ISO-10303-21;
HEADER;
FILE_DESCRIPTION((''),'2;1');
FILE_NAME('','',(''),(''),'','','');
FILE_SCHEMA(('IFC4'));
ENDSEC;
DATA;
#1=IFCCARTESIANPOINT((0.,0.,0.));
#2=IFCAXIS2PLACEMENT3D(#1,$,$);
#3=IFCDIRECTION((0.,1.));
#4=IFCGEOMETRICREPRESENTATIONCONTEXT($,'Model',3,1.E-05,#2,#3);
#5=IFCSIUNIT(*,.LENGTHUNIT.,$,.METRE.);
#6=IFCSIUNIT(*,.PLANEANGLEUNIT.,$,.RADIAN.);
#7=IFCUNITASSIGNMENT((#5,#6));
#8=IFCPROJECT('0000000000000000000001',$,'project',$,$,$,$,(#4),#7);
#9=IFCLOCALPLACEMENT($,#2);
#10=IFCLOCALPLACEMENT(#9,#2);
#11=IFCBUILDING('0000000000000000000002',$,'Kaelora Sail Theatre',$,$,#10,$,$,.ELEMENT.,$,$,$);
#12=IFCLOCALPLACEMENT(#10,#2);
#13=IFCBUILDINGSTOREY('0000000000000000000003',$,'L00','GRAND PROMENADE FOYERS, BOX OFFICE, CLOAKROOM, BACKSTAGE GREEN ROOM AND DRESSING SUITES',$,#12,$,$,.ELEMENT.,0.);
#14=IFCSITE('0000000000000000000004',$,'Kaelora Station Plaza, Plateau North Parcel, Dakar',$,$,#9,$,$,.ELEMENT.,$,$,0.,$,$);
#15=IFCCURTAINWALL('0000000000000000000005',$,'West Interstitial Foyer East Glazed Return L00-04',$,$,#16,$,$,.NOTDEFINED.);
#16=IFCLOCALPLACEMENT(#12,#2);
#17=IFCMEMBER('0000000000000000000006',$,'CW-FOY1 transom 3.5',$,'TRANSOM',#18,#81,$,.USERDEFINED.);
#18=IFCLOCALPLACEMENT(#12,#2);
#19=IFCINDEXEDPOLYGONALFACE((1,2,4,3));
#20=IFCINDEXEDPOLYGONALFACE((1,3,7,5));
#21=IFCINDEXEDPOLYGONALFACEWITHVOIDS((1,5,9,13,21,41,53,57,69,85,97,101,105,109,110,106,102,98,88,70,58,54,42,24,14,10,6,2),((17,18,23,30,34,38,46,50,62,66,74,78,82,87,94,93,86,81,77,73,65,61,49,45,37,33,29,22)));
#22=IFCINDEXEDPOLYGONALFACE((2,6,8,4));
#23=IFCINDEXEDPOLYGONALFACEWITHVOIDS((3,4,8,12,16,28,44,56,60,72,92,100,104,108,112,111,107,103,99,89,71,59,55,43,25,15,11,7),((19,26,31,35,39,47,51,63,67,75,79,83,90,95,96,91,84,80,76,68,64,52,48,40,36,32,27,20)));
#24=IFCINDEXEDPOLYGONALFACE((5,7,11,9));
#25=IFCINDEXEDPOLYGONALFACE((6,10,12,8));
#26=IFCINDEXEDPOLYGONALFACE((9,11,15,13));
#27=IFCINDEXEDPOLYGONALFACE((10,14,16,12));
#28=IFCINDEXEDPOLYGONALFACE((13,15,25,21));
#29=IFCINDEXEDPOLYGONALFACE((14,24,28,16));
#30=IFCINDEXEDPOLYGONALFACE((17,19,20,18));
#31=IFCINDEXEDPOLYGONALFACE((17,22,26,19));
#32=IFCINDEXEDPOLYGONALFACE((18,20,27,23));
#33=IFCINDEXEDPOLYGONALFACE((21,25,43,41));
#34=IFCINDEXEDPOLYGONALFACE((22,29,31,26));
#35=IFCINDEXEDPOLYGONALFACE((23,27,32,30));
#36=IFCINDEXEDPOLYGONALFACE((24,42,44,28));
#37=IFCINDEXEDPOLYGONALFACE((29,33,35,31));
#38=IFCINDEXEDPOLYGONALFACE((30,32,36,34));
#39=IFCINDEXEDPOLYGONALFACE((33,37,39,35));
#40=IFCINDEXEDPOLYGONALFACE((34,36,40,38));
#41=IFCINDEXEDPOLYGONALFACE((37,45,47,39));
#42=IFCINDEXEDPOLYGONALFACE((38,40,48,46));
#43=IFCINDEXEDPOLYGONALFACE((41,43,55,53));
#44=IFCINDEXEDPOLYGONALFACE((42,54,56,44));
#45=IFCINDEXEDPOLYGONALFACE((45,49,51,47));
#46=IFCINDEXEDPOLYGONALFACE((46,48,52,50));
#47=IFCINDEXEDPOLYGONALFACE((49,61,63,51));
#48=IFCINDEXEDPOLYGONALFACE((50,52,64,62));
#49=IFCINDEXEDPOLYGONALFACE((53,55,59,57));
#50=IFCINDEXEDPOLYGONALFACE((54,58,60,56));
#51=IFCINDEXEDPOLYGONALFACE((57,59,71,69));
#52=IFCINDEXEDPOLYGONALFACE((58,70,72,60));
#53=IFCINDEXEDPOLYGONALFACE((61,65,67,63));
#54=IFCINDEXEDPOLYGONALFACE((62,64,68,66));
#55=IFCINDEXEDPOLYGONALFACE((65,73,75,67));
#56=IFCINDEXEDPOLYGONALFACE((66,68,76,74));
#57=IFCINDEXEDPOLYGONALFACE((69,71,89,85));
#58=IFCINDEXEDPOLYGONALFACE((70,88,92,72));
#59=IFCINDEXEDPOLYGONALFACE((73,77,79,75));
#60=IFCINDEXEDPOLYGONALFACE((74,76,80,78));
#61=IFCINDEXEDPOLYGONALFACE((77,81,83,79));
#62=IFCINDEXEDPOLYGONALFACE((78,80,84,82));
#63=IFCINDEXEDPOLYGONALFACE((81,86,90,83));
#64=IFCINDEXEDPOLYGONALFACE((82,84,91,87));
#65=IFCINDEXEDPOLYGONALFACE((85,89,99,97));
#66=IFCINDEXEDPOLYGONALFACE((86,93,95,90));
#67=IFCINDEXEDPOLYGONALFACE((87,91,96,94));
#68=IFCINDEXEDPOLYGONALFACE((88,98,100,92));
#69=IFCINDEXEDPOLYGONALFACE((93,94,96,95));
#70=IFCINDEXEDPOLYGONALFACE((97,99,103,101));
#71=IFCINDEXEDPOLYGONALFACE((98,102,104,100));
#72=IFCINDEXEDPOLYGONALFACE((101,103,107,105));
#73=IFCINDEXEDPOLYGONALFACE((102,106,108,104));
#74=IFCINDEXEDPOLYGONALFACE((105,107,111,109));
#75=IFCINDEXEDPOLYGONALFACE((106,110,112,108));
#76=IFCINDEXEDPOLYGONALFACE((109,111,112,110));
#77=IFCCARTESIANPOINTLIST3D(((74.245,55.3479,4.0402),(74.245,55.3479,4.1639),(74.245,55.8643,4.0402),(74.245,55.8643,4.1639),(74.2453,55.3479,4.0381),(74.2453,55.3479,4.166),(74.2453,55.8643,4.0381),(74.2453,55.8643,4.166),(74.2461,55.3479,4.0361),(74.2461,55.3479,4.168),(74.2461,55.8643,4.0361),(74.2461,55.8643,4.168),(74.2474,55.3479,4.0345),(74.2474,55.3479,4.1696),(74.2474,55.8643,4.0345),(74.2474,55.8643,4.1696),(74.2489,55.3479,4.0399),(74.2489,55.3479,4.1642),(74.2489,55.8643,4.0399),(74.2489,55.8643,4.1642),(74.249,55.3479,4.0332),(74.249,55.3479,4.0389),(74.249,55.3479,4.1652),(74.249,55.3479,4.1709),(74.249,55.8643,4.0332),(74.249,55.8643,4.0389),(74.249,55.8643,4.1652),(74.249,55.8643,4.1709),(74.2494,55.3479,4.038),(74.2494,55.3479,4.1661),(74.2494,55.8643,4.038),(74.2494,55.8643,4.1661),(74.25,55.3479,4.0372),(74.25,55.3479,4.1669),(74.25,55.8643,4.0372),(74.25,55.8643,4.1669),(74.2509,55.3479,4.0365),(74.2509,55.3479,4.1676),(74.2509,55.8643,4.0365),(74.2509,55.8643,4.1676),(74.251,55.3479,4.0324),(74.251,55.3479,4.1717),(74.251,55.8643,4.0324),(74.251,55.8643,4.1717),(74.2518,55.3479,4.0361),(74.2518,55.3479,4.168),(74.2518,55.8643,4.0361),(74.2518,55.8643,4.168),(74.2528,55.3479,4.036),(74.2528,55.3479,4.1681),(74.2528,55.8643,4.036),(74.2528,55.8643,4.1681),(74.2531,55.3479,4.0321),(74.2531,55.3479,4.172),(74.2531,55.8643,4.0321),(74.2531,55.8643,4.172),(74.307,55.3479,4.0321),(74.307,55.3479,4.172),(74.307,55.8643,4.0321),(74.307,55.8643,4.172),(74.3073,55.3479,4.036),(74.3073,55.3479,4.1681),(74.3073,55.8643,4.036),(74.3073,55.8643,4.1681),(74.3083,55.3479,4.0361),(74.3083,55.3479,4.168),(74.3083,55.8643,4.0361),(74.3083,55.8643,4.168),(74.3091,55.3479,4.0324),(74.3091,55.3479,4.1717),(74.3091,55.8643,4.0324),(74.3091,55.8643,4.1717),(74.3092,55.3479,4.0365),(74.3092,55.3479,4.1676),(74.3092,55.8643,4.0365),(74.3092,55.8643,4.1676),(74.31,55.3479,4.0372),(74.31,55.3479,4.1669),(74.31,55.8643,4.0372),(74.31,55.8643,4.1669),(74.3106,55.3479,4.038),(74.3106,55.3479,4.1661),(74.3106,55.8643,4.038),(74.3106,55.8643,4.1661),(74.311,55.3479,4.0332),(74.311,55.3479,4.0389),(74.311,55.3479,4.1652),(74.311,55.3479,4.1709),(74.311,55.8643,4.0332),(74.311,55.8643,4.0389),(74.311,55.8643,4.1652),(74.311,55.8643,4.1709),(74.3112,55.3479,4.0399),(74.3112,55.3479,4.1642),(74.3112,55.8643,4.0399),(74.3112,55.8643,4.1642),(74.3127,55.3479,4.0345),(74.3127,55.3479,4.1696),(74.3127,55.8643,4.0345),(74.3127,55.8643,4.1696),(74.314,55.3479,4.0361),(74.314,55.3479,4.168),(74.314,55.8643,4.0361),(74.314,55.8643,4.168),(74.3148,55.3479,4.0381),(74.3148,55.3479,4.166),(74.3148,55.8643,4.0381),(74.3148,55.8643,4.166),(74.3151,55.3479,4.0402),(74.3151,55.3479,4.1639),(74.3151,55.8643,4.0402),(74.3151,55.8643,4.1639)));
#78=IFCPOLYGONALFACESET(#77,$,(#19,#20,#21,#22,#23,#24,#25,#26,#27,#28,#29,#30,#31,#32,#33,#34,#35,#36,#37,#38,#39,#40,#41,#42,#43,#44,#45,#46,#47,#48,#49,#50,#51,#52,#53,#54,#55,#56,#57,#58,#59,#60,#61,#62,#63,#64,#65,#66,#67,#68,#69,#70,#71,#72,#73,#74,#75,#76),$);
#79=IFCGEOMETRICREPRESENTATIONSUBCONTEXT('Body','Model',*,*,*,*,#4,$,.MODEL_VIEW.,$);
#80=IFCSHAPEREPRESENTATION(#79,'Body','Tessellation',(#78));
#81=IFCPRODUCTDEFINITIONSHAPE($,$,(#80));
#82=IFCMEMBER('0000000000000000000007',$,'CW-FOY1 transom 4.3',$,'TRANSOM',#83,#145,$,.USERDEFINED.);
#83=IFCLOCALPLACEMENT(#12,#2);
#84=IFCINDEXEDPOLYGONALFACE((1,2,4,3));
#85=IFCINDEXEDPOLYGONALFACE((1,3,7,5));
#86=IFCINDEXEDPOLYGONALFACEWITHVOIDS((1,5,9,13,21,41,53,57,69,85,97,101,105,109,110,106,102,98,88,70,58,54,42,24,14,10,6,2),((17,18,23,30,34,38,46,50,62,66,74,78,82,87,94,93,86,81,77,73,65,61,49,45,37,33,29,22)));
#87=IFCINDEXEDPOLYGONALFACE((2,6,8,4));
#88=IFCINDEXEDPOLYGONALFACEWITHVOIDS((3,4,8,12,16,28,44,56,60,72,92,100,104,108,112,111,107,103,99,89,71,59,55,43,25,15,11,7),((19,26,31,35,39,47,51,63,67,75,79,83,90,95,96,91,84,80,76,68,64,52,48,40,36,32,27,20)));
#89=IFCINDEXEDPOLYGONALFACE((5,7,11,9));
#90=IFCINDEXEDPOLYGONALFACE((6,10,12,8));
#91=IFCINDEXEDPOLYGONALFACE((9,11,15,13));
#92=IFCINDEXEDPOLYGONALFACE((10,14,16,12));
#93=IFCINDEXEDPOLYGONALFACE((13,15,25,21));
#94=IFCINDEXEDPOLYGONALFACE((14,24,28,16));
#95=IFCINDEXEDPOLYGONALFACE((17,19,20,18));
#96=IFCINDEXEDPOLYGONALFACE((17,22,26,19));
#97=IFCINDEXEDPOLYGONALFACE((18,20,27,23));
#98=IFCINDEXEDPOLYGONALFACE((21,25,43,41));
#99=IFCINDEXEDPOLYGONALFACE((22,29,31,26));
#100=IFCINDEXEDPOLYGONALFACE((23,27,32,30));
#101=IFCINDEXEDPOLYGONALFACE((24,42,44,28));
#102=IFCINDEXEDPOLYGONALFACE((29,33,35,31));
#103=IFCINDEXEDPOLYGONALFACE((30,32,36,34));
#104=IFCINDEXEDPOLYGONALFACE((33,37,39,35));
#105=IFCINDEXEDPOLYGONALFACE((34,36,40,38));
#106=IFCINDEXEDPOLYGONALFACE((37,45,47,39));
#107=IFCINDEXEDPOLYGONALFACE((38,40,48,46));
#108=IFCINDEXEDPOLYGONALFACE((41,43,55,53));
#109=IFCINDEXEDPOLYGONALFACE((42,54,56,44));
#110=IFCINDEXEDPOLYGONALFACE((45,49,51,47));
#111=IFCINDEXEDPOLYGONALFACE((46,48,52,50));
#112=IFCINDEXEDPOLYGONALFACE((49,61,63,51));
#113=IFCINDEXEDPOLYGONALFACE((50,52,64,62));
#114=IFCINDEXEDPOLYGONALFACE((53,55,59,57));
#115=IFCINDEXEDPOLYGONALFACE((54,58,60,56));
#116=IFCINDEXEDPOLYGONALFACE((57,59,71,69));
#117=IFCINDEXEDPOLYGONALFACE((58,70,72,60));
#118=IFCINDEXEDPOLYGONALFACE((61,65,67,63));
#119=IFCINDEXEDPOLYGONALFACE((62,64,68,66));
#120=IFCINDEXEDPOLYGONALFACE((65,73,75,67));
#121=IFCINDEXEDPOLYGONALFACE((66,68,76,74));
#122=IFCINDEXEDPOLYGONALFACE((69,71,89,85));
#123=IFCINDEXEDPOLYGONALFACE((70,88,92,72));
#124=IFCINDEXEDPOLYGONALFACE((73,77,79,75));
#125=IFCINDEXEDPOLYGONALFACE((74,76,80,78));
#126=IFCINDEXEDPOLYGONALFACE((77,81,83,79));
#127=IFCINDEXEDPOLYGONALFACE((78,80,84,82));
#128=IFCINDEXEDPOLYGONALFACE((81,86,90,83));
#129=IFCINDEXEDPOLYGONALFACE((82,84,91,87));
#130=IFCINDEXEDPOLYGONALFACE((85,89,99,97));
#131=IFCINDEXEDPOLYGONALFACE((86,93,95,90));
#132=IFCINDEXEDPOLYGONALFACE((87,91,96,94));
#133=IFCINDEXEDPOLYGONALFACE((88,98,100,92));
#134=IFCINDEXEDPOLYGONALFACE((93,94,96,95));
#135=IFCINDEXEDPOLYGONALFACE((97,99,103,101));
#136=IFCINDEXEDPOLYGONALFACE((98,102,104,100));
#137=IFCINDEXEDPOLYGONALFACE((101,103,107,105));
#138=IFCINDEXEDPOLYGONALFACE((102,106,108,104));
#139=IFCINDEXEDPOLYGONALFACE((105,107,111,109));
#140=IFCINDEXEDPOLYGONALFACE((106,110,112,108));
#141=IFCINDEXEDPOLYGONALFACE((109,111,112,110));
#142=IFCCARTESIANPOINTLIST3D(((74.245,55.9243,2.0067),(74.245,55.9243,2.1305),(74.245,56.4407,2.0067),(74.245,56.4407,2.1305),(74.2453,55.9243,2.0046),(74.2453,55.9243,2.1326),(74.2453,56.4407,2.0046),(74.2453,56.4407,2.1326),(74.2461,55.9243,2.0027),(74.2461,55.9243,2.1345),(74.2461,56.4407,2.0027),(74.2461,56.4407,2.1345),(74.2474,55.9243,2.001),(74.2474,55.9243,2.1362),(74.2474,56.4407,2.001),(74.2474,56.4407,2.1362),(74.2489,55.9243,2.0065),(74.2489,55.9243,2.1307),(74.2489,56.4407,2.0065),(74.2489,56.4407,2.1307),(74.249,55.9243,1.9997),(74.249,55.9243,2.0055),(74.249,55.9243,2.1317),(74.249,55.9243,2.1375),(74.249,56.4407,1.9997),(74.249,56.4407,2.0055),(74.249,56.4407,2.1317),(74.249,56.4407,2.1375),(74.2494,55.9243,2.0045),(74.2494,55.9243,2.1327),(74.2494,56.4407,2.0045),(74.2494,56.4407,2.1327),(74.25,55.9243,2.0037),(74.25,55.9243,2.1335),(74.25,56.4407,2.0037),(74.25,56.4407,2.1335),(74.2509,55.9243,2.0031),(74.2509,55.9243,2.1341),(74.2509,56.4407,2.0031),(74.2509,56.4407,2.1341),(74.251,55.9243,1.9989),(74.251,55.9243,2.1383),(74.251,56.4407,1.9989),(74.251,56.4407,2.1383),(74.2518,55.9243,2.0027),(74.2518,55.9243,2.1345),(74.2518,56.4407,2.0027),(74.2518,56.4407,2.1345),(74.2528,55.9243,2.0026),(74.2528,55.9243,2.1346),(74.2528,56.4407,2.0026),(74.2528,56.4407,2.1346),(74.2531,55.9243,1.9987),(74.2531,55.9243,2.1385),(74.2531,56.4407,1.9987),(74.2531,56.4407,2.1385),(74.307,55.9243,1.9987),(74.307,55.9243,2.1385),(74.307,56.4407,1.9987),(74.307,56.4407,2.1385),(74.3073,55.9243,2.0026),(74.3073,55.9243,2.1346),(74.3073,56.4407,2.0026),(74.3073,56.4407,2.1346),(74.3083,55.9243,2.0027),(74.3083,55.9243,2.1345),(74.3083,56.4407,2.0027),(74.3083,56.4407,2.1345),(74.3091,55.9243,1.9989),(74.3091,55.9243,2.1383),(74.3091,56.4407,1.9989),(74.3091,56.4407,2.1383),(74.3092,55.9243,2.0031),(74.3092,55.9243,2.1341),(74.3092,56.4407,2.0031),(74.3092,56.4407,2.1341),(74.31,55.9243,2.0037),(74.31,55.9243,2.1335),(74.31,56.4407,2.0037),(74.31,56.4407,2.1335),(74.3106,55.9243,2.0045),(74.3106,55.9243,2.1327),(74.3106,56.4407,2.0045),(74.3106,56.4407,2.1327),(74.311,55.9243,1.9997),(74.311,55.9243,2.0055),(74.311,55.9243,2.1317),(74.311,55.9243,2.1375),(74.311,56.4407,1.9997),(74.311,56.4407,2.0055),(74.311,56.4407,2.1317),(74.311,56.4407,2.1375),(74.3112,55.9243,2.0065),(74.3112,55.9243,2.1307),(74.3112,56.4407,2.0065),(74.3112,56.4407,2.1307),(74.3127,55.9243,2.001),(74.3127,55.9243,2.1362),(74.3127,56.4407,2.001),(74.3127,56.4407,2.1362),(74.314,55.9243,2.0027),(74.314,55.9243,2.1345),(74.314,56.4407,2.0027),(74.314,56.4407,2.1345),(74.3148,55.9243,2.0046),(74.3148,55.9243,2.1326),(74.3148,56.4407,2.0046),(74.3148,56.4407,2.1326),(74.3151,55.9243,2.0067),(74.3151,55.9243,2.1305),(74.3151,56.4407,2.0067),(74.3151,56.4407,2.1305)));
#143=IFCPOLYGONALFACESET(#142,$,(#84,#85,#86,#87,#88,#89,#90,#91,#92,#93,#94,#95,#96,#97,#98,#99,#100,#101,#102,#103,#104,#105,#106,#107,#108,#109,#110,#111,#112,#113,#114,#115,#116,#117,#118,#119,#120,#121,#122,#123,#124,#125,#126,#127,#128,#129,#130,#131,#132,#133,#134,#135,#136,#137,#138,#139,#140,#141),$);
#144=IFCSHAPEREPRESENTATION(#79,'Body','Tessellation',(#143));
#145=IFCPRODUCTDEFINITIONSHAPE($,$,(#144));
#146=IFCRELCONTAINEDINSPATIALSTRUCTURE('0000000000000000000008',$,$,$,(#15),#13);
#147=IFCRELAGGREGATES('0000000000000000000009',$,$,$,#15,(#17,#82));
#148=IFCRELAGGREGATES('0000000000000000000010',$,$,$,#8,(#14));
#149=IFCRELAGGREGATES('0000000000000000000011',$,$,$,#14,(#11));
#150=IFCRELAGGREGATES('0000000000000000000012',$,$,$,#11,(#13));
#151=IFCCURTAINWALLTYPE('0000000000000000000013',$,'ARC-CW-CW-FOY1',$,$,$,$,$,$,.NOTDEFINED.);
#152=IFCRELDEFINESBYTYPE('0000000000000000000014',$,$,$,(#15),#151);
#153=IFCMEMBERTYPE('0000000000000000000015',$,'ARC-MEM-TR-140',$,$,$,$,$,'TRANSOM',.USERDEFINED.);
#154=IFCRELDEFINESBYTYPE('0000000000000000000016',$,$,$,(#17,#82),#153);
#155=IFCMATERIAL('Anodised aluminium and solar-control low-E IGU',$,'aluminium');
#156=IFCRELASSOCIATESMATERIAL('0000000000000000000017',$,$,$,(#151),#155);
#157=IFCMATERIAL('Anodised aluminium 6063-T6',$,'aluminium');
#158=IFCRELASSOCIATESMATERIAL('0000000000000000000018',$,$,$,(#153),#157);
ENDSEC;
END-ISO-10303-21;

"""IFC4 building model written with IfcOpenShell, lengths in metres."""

from ifc_helpers import new_model, si_unit, direction, frame, origin, origin_2d, place, context, subcontext, project, spatial, hollow_rectangle, extrude, material, material_profile, profile_set, type_object, element, aggregate, save


model = new_model("IFC4")

# Units and contexts
model_context = context("Model", 3, precision=1e-05, world=origin(), true_north=direction((0.0, 1.0)))
body_context = subcontext(model_context, "Body", "Model", "MODEL_VIEW")
ifc_project = project(units=[si_unit("LENGTHUNIT", "METRE"), si_unit("PLANEANGLEUNIT", "RADIAN")], contexts=[model_context])

# Site, building, storey
site_placement = place(None, origin())
site = spatial("IfcSite", under=ifc_project, at=site_placement, Name="Kaelora Station Plaza, Plateau North Parcel, Dakar", CompositionType="ELEMENT", RefElevation=0.0)
building_placement = place(site_placement, origin())
building = spatial("IfcBuilding", under=site, at=building_placement, Name="Kaelora Sail Theatre", CompositionType="ELEMENT")
storey_placement = place(building_placement, origin())
storey = spatial("IfcBuildingStorey", under=building, at=storey_placement, Name="L00", Description="GRAND PROMENADE FOYERS, BOX OFFICE, CLOAKROOM, BACKSTAGE GREEN ROOM AND DRESSING SUITES", CompositionType="ELEMENT", Elevation=0.0)

# Curtain wall, members
ifc_material_1 = material(Name="Anodised aluminium and solar-control low-E IGU", Category="aluminium")
curtain_wall_type = type_object("IfcCurtainWallType", Name="ARC-CW-CW-FOY1", PredefinedType="NOTDEFINED", material=ifc_material_1)
curtain_wall_placement = place(storey_placement, origin())
curtain_wall = element("IfcCurtainWall", 1, at=curtain_wall_placement, inside=storey, type_object=curtain_wall_type, Name="West Interstitial Foyer East Glazed Return L00-04", PredefinedType="NOTDEFINED")
ifc_material_2 = material(Name="Anodised aluminium 6063-T6", Category="aluminium")
ifc_material_profile = material_profile(ifc_material_2, hollow_rectangle(XDim=0.0701, YDim=0.1399, WallThickness=0.0039, InnerFilletRadius=0.0039, OuterFilletRadius=0.0081, at=origin_2d()), Name="ALU-TRAN 70x140x4")
ifc_profile_set = profile_set([ifc_material_profile], Name="Anodised aluminium 6063-T6")
member_type = type_object("IfcMemberType", Name="ARC-MEM-TR-140", ElementType="TRANSOM", PredefinedType="USERDEFINED", material=ifc_profile_set)
member_1_placement = place(storey_placement, frame((74.28, 55.3479, 4.1021), z_axis=(0.0, 1.0, 0.0), x_axis=(-1.0, 0.0, 0.0)))
member_1 = element("IfcMember", 2, at=member_1_placement, type_object=member_type, Name="CW-FOY1 transom 3.5", ObjectType="TRANSOM", PredefinedType="USERDEFINED", context=body_context, shape_type="SweptSolid", body=[
    extrude(hollow_rectangle(XDim=0.0701, YDim=0.1399, WallThickness=0.0039, InnerFilletRadius=0.0039, OuterFilletRadius=0.0081, at=origin_2d()), origin(), (0.0, 0.0, 1.0), 0.5164),
])
member_2_placement = place(storey_placement, frame((74.28, 55.9243, 2.0686), z_axis=(0.0, 1.0, 0.0), x_axis=(-1.0, 0.0, 0.0)))
member_2 = element("IfcMember", 3, at=member_2_placement, type_object=member_type, Name="CW-FOY1 transom 4.3", ObjectType="TRANSOM", PredefinedType="USERDEFINED", context=body_context, shape_type="SweptSolid", body=[
    extrude(hollow_rectangle(XDim=0.0701, YDim=0.1399, WallThickness=0.0039, InnerFilletRadius=0.0039, OuterFilletRadius=0.0081, at=origin_2d()), origin(), (0.0, 0.0, 1.0), 0.5164),
])
aggregate(curtain_wall, [member_1, member_2])

save(model, "model.ifc")
